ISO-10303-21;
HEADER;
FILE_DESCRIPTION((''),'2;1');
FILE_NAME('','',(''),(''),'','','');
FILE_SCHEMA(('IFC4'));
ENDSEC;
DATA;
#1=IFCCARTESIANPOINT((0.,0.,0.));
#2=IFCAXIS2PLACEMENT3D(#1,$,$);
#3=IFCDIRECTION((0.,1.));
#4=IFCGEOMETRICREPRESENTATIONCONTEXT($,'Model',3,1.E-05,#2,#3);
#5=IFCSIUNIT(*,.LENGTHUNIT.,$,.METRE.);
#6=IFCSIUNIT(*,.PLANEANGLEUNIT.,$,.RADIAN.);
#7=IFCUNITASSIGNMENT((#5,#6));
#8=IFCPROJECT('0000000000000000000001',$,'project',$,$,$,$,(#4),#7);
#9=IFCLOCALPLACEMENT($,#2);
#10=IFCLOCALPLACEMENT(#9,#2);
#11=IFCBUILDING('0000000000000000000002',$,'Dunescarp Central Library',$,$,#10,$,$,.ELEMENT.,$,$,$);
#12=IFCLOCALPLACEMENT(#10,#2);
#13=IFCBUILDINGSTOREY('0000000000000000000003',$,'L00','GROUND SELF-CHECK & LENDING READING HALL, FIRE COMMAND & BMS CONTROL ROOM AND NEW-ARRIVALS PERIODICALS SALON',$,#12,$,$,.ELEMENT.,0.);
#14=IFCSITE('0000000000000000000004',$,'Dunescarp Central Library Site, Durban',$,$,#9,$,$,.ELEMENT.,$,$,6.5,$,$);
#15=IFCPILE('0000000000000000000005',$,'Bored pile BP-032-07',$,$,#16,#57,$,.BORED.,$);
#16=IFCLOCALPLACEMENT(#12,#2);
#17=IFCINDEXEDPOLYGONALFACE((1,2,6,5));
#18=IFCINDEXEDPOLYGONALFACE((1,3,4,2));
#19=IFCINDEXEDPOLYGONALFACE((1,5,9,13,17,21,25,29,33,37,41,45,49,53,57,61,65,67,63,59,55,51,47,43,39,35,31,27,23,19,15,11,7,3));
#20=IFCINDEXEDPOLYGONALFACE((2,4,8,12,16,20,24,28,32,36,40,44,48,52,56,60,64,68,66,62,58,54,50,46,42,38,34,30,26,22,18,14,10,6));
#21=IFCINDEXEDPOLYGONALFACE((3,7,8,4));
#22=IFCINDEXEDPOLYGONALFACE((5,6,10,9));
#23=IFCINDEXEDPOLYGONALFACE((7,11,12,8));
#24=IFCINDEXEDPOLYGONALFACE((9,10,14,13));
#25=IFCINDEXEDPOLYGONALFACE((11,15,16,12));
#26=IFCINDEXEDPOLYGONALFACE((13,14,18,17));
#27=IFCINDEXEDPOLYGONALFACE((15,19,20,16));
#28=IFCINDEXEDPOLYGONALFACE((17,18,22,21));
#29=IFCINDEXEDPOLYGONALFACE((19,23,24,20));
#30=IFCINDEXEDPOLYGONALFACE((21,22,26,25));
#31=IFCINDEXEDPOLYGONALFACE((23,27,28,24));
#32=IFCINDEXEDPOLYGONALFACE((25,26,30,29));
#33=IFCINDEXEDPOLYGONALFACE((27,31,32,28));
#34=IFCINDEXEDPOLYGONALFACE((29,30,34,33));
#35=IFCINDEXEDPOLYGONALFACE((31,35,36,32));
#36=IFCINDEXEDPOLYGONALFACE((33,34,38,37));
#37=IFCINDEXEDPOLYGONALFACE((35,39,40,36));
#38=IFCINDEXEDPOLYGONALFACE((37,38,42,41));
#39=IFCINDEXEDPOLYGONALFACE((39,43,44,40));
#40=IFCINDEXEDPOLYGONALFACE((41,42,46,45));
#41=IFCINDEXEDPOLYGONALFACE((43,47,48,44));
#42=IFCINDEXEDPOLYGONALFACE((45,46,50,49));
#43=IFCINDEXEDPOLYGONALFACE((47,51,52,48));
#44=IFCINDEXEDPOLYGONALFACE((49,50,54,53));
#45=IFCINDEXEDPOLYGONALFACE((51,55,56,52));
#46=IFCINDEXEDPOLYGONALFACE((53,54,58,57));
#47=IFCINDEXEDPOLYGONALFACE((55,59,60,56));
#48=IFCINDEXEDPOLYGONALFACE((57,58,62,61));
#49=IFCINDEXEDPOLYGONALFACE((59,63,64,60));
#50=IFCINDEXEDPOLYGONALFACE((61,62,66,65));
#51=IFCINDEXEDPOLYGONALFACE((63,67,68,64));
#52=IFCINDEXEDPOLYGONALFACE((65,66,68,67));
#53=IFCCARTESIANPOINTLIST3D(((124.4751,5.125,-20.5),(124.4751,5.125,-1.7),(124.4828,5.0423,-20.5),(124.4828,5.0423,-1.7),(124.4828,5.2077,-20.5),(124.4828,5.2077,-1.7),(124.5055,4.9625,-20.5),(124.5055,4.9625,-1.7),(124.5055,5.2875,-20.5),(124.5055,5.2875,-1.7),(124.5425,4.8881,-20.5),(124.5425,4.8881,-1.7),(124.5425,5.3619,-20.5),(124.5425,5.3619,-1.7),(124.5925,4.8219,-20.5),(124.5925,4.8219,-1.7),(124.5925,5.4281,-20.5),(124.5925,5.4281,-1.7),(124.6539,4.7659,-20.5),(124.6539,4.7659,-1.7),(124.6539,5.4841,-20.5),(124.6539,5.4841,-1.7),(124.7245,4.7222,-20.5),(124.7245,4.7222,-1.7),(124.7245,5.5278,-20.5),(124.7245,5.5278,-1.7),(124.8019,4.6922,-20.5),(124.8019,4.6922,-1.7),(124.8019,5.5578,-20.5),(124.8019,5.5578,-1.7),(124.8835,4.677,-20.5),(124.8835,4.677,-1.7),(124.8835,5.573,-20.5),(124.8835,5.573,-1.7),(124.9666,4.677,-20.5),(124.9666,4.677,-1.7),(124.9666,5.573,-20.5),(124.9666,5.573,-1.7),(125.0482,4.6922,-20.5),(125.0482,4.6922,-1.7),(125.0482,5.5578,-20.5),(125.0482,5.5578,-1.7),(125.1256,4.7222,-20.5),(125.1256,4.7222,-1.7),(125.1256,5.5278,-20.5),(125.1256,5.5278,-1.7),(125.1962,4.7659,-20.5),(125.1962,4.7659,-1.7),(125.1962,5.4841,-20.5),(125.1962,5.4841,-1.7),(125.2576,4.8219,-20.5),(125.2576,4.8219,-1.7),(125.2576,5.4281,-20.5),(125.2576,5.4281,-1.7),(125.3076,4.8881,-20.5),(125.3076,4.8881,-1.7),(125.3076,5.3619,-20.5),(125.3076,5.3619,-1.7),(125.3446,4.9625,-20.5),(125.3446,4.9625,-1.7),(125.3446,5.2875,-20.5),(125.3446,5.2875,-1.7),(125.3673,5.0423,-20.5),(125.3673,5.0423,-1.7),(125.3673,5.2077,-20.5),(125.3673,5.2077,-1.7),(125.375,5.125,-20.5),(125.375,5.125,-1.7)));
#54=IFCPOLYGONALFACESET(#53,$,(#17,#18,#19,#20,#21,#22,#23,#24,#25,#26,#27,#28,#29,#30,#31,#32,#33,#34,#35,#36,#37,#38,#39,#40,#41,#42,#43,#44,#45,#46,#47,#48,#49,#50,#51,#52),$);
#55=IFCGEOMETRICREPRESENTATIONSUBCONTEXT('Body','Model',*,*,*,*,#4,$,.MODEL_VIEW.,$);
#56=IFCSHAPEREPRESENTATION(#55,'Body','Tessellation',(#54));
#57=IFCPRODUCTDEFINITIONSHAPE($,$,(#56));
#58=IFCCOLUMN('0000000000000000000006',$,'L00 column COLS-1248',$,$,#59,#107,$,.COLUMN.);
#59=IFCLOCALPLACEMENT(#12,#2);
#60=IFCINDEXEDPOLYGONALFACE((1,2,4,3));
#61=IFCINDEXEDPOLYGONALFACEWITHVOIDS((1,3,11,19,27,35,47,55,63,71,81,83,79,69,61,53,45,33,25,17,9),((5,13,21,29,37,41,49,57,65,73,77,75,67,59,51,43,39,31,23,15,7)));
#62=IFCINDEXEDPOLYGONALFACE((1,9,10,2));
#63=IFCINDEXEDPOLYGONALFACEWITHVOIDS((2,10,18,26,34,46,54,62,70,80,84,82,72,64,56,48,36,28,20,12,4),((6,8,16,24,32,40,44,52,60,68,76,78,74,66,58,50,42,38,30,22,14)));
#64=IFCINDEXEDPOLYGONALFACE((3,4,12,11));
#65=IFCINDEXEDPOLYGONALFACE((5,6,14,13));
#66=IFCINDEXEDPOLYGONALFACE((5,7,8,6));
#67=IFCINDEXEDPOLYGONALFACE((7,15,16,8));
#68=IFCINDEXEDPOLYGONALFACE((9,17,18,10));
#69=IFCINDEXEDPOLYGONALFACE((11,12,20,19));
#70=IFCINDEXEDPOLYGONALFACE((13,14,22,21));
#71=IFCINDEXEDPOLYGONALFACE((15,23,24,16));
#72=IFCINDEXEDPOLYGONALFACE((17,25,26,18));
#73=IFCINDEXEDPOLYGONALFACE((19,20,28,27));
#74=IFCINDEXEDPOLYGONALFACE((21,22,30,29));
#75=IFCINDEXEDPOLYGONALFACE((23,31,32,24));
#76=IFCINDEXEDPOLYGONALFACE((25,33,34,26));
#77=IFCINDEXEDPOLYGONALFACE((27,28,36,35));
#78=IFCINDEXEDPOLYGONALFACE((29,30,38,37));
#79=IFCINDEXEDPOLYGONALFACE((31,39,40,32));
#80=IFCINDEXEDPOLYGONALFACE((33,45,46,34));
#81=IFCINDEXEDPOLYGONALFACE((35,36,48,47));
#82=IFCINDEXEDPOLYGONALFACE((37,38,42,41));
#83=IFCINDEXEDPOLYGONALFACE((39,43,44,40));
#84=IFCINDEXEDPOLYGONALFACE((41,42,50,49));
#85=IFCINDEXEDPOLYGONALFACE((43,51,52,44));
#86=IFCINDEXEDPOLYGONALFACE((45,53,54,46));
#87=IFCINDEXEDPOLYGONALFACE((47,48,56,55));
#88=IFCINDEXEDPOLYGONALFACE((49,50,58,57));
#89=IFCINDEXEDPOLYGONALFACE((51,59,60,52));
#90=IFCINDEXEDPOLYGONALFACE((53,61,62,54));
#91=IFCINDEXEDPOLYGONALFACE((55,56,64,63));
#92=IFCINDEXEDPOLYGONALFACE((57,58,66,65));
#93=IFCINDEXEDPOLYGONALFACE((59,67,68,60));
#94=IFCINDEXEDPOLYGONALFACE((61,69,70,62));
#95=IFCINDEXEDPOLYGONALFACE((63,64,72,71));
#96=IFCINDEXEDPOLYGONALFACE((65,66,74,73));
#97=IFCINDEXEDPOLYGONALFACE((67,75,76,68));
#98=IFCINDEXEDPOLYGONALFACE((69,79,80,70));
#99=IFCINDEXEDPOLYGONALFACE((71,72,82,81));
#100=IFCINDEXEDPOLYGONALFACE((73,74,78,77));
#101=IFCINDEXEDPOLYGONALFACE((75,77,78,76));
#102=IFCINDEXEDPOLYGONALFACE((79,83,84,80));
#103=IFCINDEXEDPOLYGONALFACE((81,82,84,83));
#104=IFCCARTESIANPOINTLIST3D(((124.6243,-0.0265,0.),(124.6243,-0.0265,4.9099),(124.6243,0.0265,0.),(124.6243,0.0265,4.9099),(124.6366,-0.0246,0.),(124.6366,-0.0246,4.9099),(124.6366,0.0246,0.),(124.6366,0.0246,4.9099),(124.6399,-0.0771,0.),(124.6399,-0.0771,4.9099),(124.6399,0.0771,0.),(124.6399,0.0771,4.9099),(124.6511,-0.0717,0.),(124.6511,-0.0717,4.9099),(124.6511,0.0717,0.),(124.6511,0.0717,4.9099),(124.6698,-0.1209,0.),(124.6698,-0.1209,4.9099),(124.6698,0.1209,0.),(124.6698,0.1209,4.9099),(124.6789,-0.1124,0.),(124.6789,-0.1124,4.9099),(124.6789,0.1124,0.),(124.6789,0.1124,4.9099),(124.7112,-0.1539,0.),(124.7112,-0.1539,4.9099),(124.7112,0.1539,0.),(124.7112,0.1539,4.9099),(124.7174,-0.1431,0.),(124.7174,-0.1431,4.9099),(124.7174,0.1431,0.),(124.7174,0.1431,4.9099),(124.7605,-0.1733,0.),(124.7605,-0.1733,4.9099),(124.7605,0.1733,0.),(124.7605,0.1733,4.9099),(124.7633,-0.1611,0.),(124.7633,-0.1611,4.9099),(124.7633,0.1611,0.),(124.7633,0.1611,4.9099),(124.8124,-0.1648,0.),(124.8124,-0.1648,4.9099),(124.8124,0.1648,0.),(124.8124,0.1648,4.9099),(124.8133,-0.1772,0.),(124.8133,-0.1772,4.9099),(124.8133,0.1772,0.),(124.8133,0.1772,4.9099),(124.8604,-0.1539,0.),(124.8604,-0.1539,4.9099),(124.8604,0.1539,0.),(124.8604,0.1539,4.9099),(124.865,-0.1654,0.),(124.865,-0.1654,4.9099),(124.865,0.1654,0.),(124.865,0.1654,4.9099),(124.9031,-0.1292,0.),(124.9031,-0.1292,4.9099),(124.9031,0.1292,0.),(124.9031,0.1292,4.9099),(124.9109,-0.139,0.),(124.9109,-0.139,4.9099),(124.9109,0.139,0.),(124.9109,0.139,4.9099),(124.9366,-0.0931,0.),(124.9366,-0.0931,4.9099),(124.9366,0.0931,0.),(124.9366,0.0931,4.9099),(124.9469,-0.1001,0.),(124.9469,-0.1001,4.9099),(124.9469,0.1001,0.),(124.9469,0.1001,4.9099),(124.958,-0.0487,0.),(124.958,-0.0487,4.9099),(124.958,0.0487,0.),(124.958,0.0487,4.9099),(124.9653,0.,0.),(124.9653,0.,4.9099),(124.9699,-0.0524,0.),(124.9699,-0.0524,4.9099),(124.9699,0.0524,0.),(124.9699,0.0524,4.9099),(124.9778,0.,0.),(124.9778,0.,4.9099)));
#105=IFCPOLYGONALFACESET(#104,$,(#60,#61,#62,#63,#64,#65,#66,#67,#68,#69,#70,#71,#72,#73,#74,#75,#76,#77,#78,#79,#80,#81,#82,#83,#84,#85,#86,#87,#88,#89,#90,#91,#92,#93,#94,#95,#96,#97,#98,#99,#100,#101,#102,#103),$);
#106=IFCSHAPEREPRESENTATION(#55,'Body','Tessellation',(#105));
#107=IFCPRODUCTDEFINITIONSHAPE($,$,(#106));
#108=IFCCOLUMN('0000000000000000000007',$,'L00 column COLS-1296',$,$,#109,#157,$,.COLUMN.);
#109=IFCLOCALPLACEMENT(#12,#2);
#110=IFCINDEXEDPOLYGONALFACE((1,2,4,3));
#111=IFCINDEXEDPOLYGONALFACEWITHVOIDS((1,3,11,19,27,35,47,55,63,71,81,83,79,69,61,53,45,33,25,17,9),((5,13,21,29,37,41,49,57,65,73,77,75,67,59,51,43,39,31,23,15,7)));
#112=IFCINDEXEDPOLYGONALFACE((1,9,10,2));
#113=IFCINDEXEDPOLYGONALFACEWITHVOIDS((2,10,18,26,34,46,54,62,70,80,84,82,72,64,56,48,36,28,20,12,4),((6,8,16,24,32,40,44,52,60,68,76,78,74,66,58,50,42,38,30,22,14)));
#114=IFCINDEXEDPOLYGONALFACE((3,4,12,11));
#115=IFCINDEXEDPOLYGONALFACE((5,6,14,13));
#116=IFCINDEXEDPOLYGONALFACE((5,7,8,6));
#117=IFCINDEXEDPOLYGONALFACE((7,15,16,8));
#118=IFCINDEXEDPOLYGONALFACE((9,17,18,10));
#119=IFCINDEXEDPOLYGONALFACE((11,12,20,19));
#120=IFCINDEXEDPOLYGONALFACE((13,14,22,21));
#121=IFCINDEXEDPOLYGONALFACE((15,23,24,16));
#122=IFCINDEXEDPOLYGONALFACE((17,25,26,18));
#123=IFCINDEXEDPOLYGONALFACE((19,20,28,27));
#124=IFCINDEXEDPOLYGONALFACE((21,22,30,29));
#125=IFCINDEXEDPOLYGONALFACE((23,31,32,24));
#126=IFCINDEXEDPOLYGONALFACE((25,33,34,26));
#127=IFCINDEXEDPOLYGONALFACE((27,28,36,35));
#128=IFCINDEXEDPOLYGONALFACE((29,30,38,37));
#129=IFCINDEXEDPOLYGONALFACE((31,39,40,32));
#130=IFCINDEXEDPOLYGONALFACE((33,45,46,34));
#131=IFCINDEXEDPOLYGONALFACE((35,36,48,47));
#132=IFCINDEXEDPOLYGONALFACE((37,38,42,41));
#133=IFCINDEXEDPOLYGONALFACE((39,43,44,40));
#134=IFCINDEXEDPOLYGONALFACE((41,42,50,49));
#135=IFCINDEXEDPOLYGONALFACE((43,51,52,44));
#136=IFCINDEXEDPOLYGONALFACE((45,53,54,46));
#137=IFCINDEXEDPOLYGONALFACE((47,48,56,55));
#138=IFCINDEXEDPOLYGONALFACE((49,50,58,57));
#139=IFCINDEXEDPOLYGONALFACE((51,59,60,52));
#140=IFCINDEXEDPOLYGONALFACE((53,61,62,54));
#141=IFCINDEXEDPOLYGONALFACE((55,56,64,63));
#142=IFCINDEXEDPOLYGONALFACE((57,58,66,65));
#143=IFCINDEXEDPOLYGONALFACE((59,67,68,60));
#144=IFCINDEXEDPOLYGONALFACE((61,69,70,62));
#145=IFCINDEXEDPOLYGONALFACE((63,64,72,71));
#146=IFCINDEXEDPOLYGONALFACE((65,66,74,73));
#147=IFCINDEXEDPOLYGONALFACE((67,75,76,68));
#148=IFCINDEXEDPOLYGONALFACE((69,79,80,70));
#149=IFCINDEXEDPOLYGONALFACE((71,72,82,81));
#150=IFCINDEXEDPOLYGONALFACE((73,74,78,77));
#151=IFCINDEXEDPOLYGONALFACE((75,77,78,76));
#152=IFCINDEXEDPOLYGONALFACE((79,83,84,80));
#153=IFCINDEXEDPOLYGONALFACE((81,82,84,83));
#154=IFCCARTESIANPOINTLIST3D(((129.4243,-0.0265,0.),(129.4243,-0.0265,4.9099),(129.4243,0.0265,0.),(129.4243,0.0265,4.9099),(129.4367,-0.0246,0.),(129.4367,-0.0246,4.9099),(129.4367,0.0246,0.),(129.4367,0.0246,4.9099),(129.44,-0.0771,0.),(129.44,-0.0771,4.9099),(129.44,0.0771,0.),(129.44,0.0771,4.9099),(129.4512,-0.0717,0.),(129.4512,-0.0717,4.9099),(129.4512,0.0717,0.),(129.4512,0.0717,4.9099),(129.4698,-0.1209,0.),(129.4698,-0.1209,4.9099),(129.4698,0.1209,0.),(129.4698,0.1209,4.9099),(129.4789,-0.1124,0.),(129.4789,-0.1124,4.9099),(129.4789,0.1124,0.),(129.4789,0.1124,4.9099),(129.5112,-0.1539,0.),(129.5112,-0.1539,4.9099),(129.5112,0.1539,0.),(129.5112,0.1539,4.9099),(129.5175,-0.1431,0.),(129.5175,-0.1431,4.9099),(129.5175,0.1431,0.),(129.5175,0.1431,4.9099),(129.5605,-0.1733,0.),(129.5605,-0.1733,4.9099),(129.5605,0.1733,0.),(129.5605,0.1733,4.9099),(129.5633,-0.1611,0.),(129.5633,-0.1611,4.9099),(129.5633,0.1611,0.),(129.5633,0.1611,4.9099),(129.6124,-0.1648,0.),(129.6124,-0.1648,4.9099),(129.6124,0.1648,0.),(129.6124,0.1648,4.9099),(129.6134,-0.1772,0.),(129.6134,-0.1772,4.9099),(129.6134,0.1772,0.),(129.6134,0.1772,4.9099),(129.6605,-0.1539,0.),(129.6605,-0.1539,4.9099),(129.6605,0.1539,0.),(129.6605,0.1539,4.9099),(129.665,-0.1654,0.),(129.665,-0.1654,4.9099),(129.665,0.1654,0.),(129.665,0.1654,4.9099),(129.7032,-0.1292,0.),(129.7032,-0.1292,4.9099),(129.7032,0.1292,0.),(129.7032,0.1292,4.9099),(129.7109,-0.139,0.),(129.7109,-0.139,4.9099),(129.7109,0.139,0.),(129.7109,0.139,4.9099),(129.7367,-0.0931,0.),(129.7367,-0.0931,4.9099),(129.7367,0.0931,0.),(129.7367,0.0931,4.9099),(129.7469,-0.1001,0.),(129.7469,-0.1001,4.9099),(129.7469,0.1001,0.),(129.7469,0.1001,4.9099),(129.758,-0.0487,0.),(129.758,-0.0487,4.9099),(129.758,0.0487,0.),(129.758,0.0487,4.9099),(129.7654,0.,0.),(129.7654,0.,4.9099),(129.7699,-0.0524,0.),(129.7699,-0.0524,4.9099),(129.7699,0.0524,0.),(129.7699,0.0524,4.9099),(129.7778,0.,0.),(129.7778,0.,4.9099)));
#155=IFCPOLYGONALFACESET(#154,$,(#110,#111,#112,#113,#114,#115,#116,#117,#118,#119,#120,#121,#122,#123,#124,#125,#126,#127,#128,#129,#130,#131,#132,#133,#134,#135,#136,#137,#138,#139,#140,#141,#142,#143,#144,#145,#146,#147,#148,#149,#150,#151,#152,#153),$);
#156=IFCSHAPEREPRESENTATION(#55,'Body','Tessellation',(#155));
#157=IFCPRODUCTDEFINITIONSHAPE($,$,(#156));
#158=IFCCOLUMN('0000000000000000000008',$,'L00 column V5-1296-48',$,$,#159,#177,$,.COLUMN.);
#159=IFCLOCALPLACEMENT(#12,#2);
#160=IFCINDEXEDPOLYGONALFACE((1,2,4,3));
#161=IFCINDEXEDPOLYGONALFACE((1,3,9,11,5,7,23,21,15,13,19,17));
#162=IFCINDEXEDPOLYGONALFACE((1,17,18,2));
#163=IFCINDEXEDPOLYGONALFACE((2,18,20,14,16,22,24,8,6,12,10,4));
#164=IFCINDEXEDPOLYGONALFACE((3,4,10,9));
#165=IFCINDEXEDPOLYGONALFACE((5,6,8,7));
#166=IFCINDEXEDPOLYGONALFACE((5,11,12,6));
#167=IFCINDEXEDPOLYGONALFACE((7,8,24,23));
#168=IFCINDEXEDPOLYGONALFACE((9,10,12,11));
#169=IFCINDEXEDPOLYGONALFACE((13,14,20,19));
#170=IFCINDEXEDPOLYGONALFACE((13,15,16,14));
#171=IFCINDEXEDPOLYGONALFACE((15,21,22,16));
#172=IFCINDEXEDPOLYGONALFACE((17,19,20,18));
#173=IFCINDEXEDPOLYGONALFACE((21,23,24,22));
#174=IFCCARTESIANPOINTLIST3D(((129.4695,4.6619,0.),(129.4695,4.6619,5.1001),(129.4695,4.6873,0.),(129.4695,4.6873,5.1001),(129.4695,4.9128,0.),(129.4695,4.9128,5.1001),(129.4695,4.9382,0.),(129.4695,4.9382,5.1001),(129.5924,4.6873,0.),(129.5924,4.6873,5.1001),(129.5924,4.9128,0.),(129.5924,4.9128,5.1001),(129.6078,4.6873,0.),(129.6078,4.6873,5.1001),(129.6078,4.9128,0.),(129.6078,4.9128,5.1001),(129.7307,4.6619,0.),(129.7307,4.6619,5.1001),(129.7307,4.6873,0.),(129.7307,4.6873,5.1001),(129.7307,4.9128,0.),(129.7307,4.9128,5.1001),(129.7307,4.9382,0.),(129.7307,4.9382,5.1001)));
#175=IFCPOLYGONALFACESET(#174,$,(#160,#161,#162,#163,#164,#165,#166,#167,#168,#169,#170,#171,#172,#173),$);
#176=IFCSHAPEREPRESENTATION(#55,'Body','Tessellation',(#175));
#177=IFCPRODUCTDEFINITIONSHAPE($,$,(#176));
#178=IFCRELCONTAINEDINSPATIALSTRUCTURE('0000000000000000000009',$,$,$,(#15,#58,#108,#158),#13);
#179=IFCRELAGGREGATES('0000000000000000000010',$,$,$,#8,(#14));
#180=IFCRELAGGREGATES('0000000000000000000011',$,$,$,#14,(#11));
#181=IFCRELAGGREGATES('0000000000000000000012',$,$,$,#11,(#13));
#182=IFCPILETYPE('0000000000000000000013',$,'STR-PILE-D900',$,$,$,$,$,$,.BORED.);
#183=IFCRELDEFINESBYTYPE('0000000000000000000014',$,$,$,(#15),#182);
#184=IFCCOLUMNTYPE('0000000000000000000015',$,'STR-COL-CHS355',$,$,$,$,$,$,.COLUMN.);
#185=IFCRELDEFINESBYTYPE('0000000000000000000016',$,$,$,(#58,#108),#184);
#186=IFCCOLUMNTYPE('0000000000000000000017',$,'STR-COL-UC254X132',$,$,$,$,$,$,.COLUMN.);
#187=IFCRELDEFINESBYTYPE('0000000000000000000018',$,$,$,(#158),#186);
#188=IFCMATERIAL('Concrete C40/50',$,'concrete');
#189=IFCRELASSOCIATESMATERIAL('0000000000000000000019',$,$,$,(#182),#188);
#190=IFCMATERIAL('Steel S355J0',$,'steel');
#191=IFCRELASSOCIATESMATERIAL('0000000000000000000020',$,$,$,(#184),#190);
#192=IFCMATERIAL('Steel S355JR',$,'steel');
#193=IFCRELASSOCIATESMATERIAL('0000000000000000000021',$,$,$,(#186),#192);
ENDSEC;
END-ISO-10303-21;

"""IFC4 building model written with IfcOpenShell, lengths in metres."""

from ifc_helpers import new_model, si_unit, direction, frame, origin, origin_2d, place, context, subcontext, project, spatial, circle, hollow_circle, i_section, extrude, material, material_profile, profile_set, type_object, element, save


model = new_model("IFC4")

# Units and contexts
model_context = context("Model", 3, precision=1e-05, world=origin(), true_north=direction((0.0, 1.0)))
body_context = subcontext(model_context, "Body", "Model", "MODEL_VIEW")
ifc_project = project(units=[si_unit("LENGTHUNIT", "METRE"), si_unit("PLANEANGLEUNIT", "RADIAN")], contexts=[model_context])

# Site, building, storey
site_placement = place(None, origin())
site = spatial("IfcSite", under=ifc_project, at=site_placement, Name="Dunescarp Central Library Site, Durban", CompositionType="ELEMENT", RefElevation=6.5)
building_placement = place(site_placement, origin())
building = spatial("IfcBuilding", under=site, at=building_placement, Name="Dunescarp Central Library", CompositionType="ELEMENT")
storey_placement = place(building_placement, origin())
storey = spatial("IfcBuildingStorey", under=building, at=storey_placement, Name="L00", Description="GROUND SELF-CHECK & LENDING READING HALL, FIRE COMMAND & BMS CONTROL ROOM AND NEW-ARRIVALS PERIODICALS SALON", CompositionType="ELEMENT", Elevation=0.0)

# Shared definitions
ifc_material_1 = material(Name="Concrete C40/50", Category="concrete")

# Pile
ifc_material_profile_1 = material_profile(ifc_material_1, circle(Radius=0.45, at=origin_2d()), Name="PILE D900")
ifc_profile_set_1 = profile_set([ifc_material_profile_1], Name="Concrete C40/50")
pile_type_1 = type_object("IfcPileType", Name="STR-PILE-D900", PredefinedType="BORED", material=ifc_profile_set_1)
pile_placement = place(storey_placement, frame((124.925, 5.125, -1.7), z_axis=(0.0, 0.0, -1.0), x_axis=(1.0, 0.0, 0.0)))
element("IfcPile", 1, at=pile_placement, inside=storey, type_object=pile_type_1, Name="Bored pile BP-032-07", PredefinedType="BORED", context=body_context, shape_type="SweptSolid", body=[
    extrude(circle(Radius=0.45, at=origin_2d()), origin(), (0.0, 0.0, 1.0), 18.8),
])

# Columns
ifc_material_2 = material(Name="Steel S355J0", Category="steel")
ifc_material_profile_2 = material_profile(ifc_material_2, hollow_circle(Radius=0.1777, WallThickness=0.0125, at=origin_2d()), Name="CHS 355.6x12.5")
ifc_profile_set_2 = profile_set([ifc_material_profile_2], Name="Steel S355J0")
column_type_1 = type_object("IfcColumnType", Name="STR-COL-CHS355", PredefinedType="COLUMN", material=ifc_profile_set_2)
for number, where, z_axis, x_axis, name in (
    (2, (124.8, 0.0, 0.0), (0.0, 0.0, 1.0), (1.0, 0.0, 0.0), "L00 column COLS-1248"),
    (3, (129.6001, 0.0, 0.0), (0.0, 0.0, 1.0), (1.0, 0.0, 0.0), "L00 column COLS-1296"),
):
    element("IfcColumn", number, at=place(storey_placement, frame(where, z_axis=z_axis, x_axis=x_axis)), inside=storey, type_object=column_type_1, Name=name, PredefinedType="COLUMN", context=body_context, shape_type="SweptSolid", body=[
        extrude(hollow_circle(Radius=0.1777, WallThickness=0.0125, at=origin_2d()), origin(), (0.0, 0.0, 1.0), 4.9099),
    ])
ifc_material_3 = material(Name="Steel S355JR", Category="steel")
ifc_material_profile_3 = material_profile(ifc_material_3, i_section(OverallWidth=0.2612, OverallDepth=0.2764, WebThickness=0.0154, FlangeThickness=0.0254, at=origin_2d()), Name="UC 254x254x132")
ifc_profile_set_3 = profile_set([ifc_material_profile_3], Name="Steel S355JR")
column_type_2 = type_object("IfcColumnType", Name="STR-COL-UC254X132", PredefinedType="COLUMN", material=ifc_profile_set_3)
column_1_placement = place(storey_placement, frame((129.6001, 4.8, 0.0), z_axis=(0.0, 0.0, 1.0), x_axis=(1.0, 0.0, 0.0)))
element("IfcColumn", 4, at=column_1_placement, inside=storey, type_object=column_type_2, Name="L00 column V5-1296-48", PredefinedType="COLUMN", context=body_context, shape_type="SweptSolid", body=[
    extrude(i_section(OverallWidth=0.2612, OverallDepth=0.2764, WebThickness=0.0154, FlangeThickness=0.0254, at=origin_2d()), origin(), (0.0, 0.0, 1.0), 5.1001),
])

save(model, "model.ifc")
